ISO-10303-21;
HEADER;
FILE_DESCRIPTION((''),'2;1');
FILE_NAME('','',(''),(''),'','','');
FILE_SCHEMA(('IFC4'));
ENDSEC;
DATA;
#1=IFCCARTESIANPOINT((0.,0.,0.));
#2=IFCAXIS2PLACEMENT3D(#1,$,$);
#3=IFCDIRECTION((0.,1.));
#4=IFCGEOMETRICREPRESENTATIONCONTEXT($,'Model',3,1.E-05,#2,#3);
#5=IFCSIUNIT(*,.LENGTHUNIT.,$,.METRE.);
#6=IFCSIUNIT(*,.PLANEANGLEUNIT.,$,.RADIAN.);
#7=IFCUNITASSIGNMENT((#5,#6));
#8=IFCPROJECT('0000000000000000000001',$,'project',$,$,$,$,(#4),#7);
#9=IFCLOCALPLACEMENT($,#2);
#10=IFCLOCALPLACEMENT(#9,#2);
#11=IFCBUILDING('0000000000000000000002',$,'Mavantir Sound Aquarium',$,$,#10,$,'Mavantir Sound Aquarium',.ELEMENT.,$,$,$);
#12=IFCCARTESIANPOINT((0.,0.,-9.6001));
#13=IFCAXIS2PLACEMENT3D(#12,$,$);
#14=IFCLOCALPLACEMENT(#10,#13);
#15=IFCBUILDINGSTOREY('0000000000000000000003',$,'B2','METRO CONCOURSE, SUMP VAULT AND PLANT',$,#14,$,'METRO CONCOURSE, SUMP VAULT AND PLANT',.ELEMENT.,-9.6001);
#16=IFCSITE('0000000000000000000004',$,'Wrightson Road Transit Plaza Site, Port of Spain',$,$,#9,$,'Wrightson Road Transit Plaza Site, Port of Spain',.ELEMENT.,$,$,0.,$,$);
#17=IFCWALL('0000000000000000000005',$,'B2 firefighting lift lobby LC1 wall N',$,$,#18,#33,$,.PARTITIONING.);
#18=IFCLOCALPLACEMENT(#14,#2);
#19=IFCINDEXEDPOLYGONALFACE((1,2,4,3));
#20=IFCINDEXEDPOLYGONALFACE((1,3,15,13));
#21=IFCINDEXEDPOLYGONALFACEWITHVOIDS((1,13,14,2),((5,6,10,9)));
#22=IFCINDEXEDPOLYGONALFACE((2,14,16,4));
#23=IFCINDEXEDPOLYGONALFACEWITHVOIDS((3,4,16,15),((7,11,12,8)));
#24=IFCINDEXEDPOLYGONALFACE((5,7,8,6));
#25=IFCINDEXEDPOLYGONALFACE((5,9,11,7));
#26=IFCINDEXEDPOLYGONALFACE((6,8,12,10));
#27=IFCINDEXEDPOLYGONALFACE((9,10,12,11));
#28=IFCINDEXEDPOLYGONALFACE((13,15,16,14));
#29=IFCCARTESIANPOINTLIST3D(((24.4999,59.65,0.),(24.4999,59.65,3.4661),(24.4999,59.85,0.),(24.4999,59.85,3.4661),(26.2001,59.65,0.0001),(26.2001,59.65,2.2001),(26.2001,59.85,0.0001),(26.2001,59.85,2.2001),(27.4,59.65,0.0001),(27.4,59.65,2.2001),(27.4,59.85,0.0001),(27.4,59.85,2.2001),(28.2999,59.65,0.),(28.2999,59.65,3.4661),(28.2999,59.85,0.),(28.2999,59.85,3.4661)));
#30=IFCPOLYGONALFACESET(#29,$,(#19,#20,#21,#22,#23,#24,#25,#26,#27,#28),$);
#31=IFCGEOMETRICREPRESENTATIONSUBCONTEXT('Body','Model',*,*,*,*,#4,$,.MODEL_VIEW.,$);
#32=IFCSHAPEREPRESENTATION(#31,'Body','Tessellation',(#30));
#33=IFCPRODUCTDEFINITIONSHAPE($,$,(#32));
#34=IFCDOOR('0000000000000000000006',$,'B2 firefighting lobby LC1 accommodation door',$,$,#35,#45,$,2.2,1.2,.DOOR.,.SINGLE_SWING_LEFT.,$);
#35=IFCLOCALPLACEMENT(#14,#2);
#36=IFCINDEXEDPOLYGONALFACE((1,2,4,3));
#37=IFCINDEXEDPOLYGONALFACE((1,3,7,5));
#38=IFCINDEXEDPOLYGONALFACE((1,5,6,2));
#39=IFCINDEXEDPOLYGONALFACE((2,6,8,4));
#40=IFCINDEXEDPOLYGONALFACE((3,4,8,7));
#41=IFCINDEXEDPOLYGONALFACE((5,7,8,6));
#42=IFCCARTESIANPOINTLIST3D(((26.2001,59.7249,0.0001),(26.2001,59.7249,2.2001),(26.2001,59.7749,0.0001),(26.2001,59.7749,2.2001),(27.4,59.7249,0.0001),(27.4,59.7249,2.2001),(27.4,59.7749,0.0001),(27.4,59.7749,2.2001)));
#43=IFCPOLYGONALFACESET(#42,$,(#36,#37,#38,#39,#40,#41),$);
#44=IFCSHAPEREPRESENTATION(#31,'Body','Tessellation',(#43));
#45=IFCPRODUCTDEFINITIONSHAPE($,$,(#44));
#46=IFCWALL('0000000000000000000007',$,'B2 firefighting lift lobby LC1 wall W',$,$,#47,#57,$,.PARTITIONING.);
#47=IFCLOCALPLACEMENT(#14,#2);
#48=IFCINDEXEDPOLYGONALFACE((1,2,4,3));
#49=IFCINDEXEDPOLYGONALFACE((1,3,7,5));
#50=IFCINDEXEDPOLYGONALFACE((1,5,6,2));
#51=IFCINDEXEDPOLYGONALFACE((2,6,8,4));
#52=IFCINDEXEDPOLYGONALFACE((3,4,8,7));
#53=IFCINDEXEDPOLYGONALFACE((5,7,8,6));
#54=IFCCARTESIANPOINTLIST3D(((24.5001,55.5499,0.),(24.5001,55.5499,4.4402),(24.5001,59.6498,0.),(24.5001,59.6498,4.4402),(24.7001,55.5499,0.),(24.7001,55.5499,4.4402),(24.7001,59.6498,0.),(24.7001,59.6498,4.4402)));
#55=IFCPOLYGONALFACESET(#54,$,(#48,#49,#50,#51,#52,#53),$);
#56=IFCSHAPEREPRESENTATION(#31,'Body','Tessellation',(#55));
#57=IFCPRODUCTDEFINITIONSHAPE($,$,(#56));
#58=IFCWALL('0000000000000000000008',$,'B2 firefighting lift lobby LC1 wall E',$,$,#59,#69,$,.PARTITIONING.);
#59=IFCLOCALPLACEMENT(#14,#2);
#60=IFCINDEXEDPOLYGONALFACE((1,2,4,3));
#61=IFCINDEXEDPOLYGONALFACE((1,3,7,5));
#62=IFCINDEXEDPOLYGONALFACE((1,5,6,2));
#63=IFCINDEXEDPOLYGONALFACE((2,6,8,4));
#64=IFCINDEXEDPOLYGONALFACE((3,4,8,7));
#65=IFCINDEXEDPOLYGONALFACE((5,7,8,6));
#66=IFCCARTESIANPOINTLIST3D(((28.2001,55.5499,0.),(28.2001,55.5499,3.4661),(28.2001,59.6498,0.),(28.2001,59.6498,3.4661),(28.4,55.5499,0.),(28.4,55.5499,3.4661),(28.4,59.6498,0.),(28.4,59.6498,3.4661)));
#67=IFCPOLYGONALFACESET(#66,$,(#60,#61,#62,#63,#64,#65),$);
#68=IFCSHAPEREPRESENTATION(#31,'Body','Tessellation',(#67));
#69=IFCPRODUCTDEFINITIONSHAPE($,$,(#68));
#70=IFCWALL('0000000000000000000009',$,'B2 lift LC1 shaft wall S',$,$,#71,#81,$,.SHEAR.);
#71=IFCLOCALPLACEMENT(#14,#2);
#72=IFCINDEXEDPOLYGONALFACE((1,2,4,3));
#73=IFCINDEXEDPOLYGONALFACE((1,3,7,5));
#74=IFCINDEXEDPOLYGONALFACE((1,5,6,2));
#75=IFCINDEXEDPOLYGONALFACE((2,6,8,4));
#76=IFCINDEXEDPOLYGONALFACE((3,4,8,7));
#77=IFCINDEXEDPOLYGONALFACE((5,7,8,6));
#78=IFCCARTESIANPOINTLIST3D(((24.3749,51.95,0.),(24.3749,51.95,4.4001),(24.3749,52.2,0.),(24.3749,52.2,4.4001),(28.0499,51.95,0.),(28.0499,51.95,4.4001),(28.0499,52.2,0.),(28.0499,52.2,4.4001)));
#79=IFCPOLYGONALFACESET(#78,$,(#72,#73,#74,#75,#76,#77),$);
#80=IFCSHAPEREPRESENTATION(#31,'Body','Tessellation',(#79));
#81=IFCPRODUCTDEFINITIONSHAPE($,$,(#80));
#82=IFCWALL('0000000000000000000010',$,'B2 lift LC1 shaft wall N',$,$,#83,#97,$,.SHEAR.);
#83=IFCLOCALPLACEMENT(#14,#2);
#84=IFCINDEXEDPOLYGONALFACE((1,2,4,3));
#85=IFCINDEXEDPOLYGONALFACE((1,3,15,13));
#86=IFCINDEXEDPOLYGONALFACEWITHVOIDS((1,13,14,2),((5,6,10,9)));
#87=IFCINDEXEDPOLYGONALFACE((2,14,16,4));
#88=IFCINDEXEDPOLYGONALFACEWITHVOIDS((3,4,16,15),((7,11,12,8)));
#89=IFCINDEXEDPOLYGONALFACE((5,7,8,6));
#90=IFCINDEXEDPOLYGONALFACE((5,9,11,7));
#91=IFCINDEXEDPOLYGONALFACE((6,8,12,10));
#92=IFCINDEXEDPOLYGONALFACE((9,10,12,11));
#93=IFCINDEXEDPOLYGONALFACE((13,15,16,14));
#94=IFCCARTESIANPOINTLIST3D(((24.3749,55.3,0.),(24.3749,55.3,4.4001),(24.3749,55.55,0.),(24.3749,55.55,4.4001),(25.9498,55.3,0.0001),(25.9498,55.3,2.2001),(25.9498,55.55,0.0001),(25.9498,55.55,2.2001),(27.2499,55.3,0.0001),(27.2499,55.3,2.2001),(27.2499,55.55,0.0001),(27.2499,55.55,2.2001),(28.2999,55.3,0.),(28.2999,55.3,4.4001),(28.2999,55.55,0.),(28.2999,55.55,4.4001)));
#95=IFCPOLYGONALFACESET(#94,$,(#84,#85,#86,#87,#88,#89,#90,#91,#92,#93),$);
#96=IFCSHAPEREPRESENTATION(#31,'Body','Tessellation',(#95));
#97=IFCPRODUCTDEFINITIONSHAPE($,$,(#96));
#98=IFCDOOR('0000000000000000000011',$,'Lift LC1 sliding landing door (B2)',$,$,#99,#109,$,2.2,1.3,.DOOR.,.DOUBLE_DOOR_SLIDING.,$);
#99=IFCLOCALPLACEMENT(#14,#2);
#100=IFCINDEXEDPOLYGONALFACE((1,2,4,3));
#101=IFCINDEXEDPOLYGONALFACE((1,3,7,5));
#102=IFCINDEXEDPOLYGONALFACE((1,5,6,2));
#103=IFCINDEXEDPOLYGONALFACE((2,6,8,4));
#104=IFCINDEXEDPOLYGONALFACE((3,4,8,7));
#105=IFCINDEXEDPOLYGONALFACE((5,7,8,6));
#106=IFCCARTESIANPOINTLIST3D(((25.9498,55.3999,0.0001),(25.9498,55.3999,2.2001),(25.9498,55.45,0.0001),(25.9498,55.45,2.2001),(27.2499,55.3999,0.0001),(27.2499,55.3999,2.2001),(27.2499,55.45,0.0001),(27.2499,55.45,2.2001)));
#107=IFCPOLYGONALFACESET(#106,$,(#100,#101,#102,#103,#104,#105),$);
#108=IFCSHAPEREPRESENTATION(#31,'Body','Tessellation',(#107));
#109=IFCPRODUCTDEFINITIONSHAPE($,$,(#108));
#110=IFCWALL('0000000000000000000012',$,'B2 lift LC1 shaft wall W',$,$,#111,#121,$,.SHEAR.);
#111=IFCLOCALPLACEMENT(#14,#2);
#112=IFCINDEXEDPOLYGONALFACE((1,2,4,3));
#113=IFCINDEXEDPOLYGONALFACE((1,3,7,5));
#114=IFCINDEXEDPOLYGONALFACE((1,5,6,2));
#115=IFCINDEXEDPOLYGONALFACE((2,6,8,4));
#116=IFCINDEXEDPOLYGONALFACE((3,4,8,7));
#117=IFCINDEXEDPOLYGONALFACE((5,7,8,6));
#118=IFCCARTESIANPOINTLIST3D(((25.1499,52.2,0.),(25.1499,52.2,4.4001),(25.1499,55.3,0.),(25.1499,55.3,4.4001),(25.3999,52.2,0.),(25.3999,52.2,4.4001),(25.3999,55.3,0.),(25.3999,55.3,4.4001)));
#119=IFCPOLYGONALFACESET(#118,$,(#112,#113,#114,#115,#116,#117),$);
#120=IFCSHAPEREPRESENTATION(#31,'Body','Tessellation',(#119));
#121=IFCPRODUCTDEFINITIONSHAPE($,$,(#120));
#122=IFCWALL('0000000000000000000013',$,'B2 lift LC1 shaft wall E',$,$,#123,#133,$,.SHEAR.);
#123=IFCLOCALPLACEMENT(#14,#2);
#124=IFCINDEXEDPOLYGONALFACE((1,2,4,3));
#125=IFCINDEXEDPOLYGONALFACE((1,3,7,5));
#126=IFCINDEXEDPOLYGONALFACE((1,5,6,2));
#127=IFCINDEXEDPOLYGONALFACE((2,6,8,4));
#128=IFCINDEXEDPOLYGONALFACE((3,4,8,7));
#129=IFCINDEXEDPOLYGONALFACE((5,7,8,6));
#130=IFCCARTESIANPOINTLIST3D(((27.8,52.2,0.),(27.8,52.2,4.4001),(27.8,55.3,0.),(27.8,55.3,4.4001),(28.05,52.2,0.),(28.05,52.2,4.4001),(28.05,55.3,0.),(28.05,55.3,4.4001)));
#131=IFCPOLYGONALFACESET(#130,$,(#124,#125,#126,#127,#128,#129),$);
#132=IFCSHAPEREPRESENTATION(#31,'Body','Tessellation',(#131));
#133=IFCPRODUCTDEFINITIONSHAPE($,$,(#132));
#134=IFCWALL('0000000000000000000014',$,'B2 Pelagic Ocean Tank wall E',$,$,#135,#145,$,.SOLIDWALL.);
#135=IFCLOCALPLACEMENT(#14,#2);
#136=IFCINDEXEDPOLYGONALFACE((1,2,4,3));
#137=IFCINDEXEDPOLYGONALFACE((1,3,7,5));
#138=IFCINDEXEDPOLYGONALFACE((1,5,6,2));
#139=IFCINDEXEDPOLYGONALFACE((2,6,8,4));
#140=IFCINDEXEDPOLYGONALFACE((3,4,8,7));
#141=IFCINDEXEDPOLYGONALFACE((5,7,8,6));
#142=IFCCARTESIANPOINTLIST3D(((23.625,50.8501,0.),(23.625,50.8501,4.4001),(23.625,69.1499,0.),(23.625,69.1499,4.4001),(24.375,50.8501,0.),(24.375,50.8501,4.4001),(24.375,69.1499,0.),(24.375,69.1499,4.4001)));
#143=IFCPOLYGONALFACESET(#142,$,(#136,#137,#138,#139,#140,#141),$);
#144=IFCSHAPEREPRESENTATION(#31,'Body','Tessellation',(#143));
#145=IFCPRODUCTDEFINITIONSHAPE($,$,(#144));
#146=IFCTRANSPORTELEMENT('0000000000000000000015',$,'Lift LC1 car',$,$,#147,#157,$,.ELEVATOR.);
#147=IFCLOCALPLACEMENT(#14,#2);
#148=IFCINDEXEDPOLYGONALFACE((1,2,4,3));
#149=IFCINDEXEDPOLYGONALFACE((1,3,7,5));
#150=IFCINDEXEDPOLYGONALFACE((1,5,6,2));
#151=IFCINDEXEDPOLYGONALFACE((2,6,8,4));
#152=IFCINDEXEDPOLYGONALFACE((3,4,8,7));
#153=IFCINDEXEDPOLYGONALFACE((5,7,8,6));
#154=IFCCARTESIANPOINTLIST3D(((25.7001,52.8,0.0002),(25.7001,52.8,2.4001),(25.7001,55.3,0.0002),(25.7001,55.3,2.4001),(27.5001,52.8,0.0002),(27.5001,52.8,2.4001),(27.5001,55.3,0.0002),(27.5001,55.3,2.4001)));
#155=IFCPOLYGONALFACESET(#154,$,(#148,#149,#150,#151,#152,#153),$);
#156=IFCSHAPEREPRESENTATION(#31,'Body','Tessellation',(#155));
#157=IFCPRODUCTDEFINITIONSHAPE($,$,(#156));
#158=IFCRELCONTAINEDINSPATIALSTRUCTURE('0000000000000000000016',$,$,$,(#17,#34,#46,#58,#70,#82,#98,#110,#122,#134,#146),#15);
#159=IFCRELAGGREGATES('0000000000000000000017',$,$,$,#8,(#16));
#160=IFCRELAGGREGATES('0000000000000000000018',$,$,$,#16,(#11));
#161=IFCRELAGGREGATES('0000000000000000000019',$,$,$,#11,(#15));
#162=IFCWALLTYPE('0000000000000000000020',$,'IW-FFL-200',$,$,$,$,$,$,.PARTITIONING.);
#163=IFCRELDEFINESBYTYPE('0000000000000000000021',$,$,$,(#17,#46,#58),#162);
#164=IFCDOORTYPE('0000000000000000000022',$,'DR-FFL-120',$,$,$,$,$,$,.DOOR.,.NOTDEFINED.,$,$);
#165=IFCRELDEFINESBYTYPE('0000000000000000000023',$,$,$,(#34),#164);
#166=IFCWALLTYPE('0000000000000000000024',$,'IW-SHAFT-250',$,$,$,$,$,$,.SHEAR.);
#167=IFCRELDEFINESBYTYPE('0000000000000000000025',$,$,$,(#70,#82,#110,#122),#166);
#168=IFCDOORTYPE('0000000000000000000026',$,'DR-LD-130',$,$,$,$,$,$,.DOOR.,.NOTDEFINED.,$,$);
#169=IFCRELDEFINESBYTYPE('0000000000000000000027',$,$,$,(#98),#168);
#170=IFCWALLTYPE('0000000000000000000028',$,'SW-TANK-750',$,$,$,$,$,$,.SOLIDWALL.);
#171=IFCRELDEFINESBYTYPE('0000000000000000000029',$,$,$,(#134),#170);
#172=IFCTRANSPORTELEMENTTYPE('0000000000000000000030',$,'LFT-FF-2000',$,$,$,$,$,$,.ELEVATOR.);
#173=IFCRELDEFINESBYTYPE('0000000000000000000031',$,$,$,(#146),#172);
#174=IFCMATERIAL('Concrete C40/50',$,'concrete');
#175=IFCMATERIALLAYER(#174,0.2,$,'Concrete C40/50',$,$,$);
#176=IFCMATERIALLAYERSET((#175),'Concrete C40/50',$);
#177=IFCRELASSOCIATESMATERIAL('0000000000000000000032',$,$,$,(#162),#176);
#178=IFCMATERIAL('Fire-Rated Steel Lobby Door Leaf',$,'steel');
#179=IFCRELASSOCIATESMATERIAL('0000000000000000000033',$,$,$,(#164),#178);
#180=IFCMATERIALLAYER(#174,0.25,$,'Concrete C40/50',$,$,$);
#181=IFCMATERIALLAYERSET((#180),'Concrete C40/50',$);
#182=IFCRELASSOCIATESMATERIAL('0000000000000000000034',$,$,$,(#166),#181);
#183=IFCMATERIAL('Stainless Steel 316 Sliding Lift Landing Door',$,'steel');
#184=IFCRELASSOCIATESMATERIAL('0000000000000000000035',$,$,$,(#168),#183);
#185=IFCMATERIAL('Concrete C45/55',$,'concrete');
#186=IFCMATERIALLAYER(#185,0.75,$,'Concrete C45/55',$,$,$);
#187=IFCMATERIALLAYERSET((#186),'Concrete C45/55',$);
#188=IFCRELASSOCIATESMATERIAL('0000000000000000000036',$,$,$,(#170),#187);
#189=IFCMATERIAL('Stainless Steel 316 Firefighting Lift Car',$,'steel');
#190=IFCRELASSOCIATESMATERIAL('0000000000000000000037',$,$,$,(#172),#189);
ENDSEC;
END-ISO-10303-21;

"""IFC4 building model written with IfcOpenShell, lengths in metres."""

from ifc_helpers import new_model, si_unit, direction, frame, frame_2d, origin, origin_2d, place, context, subcontext, project, spatial, rectangle, extrude, material, layer, layer_set, type_object, element, fill, save


model = new_model("IFC4")

# Units and contexts
model_context = context("Model", 3, precision=1e-05, world=origin(), true_north=direction((0.0, 1.0)))
body_context = subcontext(model_context, "Body", "Model", "MODEL_VIEW")
ifc_project = project(units=[si_unit("LENGTHUNIT", "METRE"), si_unit("PLANEANGLEUNIT", "RADIAN")], contexts=[model_context])

# Site, building, storey
site_placement = place(None, origin())
site = spatial("IfcSite", under=ifc_project, at=site_placement, Name="Wrightson Road Transit Plaza Site, Port of Spain", LongName="Wrightson Road Transit Plaza Site, Port of Spain", CompositionType="ELEMENT", RefElevation=0.0)
building_placement = place(site_placement, origin())
building = spatial("IfcBuilding", under=site, at=building_placement, Name="Mavantir Sound Aquarium", LongName="Mavantir Sound Aquarium", CompositionType="ELEMENT")
storey_placement = place(building_placement, frame((0.0, 0.0, -9.6001)))
storey = spatial("IfcBuildingStorey", under=building, at=storey_placement, Name="B2", Description="METRO CONCOURSE, SUMP VAULT AND PLANT", LongName="METRO CONCOURSE, SUMP VAULT AND PLANT", CompositionType="ELEMENT", Elevation=-9.6001)

# Shared definitions
ifc_material_1 = material(Name="Concrete C40/50", Category="concrete")

# Wall, opening, door
ifc_layer_1 = layer(ifc_material_1, 0.2, Name="Concrete C40/50")
ifc_layer_set_1 = layer_set([ifc_layer_1], Name="Concrete C40/50")
wall_type_1 = type_object("IfcWallType", Name="IW-FFL-200", PredefinedType="PARTITIONING", material=ifc_layer_set_1)
wall_1_placement = place(storey_placement, frame((24.5, 59.75, 0.0), z_axis=(0.0, 0.0, 1.0), x_axis=(1.0, 0.0, 0.0)))
wall_1 = element("IfcWall", 1, at=wall_1_placement, inside=storey, type_object=wall_type_1, Name="B2 firefighting lift lobby LC1 wall N", PredefinedType="PARTITIONING", context=body_context, shape_type="SweptSolid", body=[
    extrude(rectangle(XDim=3.8, YDim=0.2, at=frame_2d((1.8999, 0.0))), origin(), (0.0, 0.0, 1.0), 3.4661),
])
opening_1_placement = place(wall_1_placement, frame((1.7, 0.0, 0.0)))
opening_1 = element("IfcOpeningElement", 2, at=opening_1_placement, cuts=wall_1, PredefinedType="OPENING", context=body_context, shape_type="SweptSolid", body=[
    extrude(rectangle(XDim=1.2, YDim=2.2, at=frame_2d((0.6001, 1.1001))), frame((0.0, 0.1099, 0.0), z_axis=(0.0, -1.0, 0.0), x_axis=(1.0, 0.0, 0.0)), (0.0, 0.0, 1.0), 0.22),
])
ifc_material_2 = material(Name="Fire-Rated Steel Lobby Door Leaf", Category="steel")
door_type_1 = type_object("IfcDoorType", Name="DR-FFL-120", OperationType="NOTDEFINED", PredefinedType="DOOR", material=ifc_material_2)
door_1_placement = place(opening_1_placement, origin())
door_1 = element("IfcDoor", 3, at=door_1_placement, inside=storey, type_object=door_type_1, Name="B2 firefighting lobby LC1 accommodation door", OperationType="SINGLE_SWING_LEFT", OverallHeight=2.2, OverallWidth=1.2, PredefinedType="DOOR", context=body_context, shape_type="SweptSolid", body=[
    extrude(rectangle(XDim=1.2, YDim=2.2, at=frame_2d((0.6001, 1.1001))), frame((0.0, 0.0249, 0.0), z_axis=(0.0, -1.0, 0.0), x_axis=(1.0, 0.0, 0.0)), (0.0, 0.0, 1.0), 0.05),
])
fill(opening_1, door_1)

# Walls
wall_2_placement = place(storey_placement, frame((24.6001, 55.55, 0.0), z_axis=(0.0, 0.0, 1.0), x_axis=(0.0, 1.0, 0.0)))
element("IfcWall", 4, at=wall_2_placement, inside=storey, type_object=wall_type_1, Name="B2 firefighting lift lobby LC1 wall W", PredefinedType="PARTITIONING", context=body_context, shape_type="SweptSolid", body=[
    extrude(rectangle(XDim=4.0999, YDim=0.2, at=frame_2d((2.0498, 0.0))), origin(), (0.0, 0.0, 1.0), 4.4402),
])
wall_3_placement = place(storey_placement, frame((28.3, 55.55, 0.0), z_axis=(0.0, 0.0, 1.0), x_axis=(0.0, 1.0, 0.0)))
element("IfcWall", 5, at=wall_3_placement, inside=storey, type_object=wall_type_1, Name="B2 firefighting lift lobby LC1 wall E", PredefinedType="PARTITIONING", context=body_context, shape_type="SweptSolid", body=[
    extrude(rectangle(XDim=4.0999, YDim=0.2, at=frame_2d((2.0498, 0.0))), origin(), (0.0, 0.0, 1.0), 3.4661),
])
ifc_layer_2 = layer(ifc_material_1, 0.25, Name="Concrete C40/50")
ifc_layer_set_2 = layer_set([ifc_layer_2], Name="Concrete C40/50")
wall_type_2 = type_object("IfcWallType", Name="IW-SHAFT-250", PredefinedType="SHEAR", material=ifc_layer_set_2)
wall_4_placement = place(storey_placement, frame((24.375, 52.075, 0.0), z_axis=(0.0, 0.0, 1.0), x_axis=(1.0, 0.0, 0.0)))
element("IfcWall", 6, at=wall_4_placement, inside=storey, type_object=wall_type_2, Name="B2 lift LC1 shaft wall S", PredefinedType="SHEAR", context=body_context, shape_type="SweptSolid", body=[
    extrude(rectangle(XDim=3.675, YDim=0.25, at=frame_2d((1.8374, 0.0))), origin(), (0.0, 0.0, 1.0), 4.4001),
])

# Wall, opening, door
wall_5_placement = place(storey_placement, frame((24.375, 55.425, 0.0), z_axis=(0.0, 0.0, 1.0), x_axis=(1.0, 0.0, 0.0)))
wall_5 = element("IfcWall", 7, at=wall_5_placement, inside=storey, type_object=wall_type_2, Name="B2 lift LC1 shaft wall N", PredefinedType="SHEAR", context=body_context, shape_type="SweptSolid", body=[
    extrude(rectangle(XDim=3.925, YDim=0.25, at=frame_2d((1.9624, 0.0))), origin(), (0.0, 0.0, 1.0), 4.4001),
])
opening_2_placement = place(wall_5_placement, frame((1.575, 0.0, 0.0)))
opening_2 = element("IfcOpeningElement", 8, at=opening_2_placement, cuts=wall_5, PredefinedType="OPENING", context=body_context, shape_type="SweptSolid", body=[
    extrude(rectangle(XDim=1.3, YDim=2.2, at=frame_2d((0.6499, 1.1001))), frame((0.0, 0.135, 0.0), z_axis=(0.0, -1.0, 0.0), x_axis=(1.0, 0.0, 0.0)), (0.0, 0.0, 1.0), 0.27),
])
ifc_material_3 = material(Name="Stainless Steel 316 Sliding Lift Landing Door", Category="steel")
door_type_2 = type_object("IfcDoorType", Name="DR-LD-130", OperationType="NOTDEFINED", PredefinedType="DOOR", material=ifc_material_3)
door_2_placement = place(opening_2_placement, origin())
door_2 = element("IfcDoor", 9, at=door_2_placement, inside=storey, type_object=door_type_2, Name="Lift LC1 sliding landing door (B2)", OperationType="DOUBLE_DOOR_SLIDING", OverallHeight=2.2, OverallWidth=1.3, PredefinedType="DOOR", context=body_context, shape_type="SweptSolid", body=[
    extrude(rectangle(XDim=1.3, YDim=2.2, at=frame_2d((0.6499, 1.1001))), frame((0.0, 0.0249, 0.0), z_axis=(0.0, -1.0, 0.0), x_axis=(1.0, 0.0, 0.0)), (0.0, 0.0, 1.0), 0.05),
])
fill(opening_2, door_2)

# Walls
for number, where, z_axis, x_axis, name in (
    (10, (25.2749, 52.2, 0.0), (0.0, 0.0, 1.0), (0.0, 1.0, 0.0), "B2 lift LC1 shaft wall W"),
    (11, (27.925, 52.2, 0.0), (0.0, 0.0, 1.0), (0.0, 1.0, 0.0), "B2 lift LC1 shaft wall E"),
):
    element("IfcWall", number, at=place(storey_placement, frame(where, z_axis=z_axis, x_axis=x_axis)), inside=storey, type_object=wall_type_2, Name=name, PredefinedType="SHEAR", context=body_context, shape_type="SweptSolid", body=[
        extrude(rectangle(XDim=3.1001, YDim=0.25, at=frame_2d((1.55, 0.0))), origin(), (0.0, 0.0, 1.0), 4.4001),
    ])
ifc_material_4 = material(Name="Concrete C45/55", Category="concrete")
ifc_layer_3 = layer(ifc_material_4, 0.75, Name="Concrete C45/55")
ifc_layer_set_3 = layer_set([ifc_layer_3], Name="Concrete C45/55")
wall_type_3 = type_object("IfcWallType", Name="SW-TANK-750", PredefinedType="SOLIDWALL", material=ifc_layer_set_3)
wall_6_placement = place(storey_placement, frame((24.0, 50.8501, 0.0), z_axis=(0.0, 0.0, 1.0), x_axis=(0.0, 1.0, 0.0)))
element("IfcWall", 12, at=wall_6_placement, inside=storey, type_object=wall_type_3, Name="B2 Pelagic Ocean Tank wall E", PredefinedType="SOLIDWALL", context=body_context, shape_type="SweptSolid", body=[
    extrude(rectangle(XDim=18.2998, YDim=0.75, at=frame_2d((9.1499, 0.0))), origin(), (0.0, 0.0, 1.0), 4.4001),
])

# Transport element
ifc_material_5 = material(Name="Stainless Steel 316 Firefighting Lift Car", Category="steel")
transport_element_type = type_object("IfcTransportElementType", Name="LFT-FF-2000", PredefinedType="ELEVATOR", material=ifc_material_5)
transport_element_placement = place(storey_placement, frame((26.6001, 54.05, 0.0002), z_axis=(0.0, 0.0, 1.0), x_axis=(1.0, 0.0, 0.0)))
element("IfcTransportElement", 13, at=transport_element_placement, inside=storey, type_object=transport_element_type, Name="Lift LC1 car", PredefinedType="ELEVATOR", context=body_context, shape_type="SweptSolid", body=[
    extrude(rectangle(XDim=1.8, YDim=2.5, at=origin_2d()), origin(), (0.0, 0.0, 1.0), 2.3999),
])

save(model, "model.ifc")
